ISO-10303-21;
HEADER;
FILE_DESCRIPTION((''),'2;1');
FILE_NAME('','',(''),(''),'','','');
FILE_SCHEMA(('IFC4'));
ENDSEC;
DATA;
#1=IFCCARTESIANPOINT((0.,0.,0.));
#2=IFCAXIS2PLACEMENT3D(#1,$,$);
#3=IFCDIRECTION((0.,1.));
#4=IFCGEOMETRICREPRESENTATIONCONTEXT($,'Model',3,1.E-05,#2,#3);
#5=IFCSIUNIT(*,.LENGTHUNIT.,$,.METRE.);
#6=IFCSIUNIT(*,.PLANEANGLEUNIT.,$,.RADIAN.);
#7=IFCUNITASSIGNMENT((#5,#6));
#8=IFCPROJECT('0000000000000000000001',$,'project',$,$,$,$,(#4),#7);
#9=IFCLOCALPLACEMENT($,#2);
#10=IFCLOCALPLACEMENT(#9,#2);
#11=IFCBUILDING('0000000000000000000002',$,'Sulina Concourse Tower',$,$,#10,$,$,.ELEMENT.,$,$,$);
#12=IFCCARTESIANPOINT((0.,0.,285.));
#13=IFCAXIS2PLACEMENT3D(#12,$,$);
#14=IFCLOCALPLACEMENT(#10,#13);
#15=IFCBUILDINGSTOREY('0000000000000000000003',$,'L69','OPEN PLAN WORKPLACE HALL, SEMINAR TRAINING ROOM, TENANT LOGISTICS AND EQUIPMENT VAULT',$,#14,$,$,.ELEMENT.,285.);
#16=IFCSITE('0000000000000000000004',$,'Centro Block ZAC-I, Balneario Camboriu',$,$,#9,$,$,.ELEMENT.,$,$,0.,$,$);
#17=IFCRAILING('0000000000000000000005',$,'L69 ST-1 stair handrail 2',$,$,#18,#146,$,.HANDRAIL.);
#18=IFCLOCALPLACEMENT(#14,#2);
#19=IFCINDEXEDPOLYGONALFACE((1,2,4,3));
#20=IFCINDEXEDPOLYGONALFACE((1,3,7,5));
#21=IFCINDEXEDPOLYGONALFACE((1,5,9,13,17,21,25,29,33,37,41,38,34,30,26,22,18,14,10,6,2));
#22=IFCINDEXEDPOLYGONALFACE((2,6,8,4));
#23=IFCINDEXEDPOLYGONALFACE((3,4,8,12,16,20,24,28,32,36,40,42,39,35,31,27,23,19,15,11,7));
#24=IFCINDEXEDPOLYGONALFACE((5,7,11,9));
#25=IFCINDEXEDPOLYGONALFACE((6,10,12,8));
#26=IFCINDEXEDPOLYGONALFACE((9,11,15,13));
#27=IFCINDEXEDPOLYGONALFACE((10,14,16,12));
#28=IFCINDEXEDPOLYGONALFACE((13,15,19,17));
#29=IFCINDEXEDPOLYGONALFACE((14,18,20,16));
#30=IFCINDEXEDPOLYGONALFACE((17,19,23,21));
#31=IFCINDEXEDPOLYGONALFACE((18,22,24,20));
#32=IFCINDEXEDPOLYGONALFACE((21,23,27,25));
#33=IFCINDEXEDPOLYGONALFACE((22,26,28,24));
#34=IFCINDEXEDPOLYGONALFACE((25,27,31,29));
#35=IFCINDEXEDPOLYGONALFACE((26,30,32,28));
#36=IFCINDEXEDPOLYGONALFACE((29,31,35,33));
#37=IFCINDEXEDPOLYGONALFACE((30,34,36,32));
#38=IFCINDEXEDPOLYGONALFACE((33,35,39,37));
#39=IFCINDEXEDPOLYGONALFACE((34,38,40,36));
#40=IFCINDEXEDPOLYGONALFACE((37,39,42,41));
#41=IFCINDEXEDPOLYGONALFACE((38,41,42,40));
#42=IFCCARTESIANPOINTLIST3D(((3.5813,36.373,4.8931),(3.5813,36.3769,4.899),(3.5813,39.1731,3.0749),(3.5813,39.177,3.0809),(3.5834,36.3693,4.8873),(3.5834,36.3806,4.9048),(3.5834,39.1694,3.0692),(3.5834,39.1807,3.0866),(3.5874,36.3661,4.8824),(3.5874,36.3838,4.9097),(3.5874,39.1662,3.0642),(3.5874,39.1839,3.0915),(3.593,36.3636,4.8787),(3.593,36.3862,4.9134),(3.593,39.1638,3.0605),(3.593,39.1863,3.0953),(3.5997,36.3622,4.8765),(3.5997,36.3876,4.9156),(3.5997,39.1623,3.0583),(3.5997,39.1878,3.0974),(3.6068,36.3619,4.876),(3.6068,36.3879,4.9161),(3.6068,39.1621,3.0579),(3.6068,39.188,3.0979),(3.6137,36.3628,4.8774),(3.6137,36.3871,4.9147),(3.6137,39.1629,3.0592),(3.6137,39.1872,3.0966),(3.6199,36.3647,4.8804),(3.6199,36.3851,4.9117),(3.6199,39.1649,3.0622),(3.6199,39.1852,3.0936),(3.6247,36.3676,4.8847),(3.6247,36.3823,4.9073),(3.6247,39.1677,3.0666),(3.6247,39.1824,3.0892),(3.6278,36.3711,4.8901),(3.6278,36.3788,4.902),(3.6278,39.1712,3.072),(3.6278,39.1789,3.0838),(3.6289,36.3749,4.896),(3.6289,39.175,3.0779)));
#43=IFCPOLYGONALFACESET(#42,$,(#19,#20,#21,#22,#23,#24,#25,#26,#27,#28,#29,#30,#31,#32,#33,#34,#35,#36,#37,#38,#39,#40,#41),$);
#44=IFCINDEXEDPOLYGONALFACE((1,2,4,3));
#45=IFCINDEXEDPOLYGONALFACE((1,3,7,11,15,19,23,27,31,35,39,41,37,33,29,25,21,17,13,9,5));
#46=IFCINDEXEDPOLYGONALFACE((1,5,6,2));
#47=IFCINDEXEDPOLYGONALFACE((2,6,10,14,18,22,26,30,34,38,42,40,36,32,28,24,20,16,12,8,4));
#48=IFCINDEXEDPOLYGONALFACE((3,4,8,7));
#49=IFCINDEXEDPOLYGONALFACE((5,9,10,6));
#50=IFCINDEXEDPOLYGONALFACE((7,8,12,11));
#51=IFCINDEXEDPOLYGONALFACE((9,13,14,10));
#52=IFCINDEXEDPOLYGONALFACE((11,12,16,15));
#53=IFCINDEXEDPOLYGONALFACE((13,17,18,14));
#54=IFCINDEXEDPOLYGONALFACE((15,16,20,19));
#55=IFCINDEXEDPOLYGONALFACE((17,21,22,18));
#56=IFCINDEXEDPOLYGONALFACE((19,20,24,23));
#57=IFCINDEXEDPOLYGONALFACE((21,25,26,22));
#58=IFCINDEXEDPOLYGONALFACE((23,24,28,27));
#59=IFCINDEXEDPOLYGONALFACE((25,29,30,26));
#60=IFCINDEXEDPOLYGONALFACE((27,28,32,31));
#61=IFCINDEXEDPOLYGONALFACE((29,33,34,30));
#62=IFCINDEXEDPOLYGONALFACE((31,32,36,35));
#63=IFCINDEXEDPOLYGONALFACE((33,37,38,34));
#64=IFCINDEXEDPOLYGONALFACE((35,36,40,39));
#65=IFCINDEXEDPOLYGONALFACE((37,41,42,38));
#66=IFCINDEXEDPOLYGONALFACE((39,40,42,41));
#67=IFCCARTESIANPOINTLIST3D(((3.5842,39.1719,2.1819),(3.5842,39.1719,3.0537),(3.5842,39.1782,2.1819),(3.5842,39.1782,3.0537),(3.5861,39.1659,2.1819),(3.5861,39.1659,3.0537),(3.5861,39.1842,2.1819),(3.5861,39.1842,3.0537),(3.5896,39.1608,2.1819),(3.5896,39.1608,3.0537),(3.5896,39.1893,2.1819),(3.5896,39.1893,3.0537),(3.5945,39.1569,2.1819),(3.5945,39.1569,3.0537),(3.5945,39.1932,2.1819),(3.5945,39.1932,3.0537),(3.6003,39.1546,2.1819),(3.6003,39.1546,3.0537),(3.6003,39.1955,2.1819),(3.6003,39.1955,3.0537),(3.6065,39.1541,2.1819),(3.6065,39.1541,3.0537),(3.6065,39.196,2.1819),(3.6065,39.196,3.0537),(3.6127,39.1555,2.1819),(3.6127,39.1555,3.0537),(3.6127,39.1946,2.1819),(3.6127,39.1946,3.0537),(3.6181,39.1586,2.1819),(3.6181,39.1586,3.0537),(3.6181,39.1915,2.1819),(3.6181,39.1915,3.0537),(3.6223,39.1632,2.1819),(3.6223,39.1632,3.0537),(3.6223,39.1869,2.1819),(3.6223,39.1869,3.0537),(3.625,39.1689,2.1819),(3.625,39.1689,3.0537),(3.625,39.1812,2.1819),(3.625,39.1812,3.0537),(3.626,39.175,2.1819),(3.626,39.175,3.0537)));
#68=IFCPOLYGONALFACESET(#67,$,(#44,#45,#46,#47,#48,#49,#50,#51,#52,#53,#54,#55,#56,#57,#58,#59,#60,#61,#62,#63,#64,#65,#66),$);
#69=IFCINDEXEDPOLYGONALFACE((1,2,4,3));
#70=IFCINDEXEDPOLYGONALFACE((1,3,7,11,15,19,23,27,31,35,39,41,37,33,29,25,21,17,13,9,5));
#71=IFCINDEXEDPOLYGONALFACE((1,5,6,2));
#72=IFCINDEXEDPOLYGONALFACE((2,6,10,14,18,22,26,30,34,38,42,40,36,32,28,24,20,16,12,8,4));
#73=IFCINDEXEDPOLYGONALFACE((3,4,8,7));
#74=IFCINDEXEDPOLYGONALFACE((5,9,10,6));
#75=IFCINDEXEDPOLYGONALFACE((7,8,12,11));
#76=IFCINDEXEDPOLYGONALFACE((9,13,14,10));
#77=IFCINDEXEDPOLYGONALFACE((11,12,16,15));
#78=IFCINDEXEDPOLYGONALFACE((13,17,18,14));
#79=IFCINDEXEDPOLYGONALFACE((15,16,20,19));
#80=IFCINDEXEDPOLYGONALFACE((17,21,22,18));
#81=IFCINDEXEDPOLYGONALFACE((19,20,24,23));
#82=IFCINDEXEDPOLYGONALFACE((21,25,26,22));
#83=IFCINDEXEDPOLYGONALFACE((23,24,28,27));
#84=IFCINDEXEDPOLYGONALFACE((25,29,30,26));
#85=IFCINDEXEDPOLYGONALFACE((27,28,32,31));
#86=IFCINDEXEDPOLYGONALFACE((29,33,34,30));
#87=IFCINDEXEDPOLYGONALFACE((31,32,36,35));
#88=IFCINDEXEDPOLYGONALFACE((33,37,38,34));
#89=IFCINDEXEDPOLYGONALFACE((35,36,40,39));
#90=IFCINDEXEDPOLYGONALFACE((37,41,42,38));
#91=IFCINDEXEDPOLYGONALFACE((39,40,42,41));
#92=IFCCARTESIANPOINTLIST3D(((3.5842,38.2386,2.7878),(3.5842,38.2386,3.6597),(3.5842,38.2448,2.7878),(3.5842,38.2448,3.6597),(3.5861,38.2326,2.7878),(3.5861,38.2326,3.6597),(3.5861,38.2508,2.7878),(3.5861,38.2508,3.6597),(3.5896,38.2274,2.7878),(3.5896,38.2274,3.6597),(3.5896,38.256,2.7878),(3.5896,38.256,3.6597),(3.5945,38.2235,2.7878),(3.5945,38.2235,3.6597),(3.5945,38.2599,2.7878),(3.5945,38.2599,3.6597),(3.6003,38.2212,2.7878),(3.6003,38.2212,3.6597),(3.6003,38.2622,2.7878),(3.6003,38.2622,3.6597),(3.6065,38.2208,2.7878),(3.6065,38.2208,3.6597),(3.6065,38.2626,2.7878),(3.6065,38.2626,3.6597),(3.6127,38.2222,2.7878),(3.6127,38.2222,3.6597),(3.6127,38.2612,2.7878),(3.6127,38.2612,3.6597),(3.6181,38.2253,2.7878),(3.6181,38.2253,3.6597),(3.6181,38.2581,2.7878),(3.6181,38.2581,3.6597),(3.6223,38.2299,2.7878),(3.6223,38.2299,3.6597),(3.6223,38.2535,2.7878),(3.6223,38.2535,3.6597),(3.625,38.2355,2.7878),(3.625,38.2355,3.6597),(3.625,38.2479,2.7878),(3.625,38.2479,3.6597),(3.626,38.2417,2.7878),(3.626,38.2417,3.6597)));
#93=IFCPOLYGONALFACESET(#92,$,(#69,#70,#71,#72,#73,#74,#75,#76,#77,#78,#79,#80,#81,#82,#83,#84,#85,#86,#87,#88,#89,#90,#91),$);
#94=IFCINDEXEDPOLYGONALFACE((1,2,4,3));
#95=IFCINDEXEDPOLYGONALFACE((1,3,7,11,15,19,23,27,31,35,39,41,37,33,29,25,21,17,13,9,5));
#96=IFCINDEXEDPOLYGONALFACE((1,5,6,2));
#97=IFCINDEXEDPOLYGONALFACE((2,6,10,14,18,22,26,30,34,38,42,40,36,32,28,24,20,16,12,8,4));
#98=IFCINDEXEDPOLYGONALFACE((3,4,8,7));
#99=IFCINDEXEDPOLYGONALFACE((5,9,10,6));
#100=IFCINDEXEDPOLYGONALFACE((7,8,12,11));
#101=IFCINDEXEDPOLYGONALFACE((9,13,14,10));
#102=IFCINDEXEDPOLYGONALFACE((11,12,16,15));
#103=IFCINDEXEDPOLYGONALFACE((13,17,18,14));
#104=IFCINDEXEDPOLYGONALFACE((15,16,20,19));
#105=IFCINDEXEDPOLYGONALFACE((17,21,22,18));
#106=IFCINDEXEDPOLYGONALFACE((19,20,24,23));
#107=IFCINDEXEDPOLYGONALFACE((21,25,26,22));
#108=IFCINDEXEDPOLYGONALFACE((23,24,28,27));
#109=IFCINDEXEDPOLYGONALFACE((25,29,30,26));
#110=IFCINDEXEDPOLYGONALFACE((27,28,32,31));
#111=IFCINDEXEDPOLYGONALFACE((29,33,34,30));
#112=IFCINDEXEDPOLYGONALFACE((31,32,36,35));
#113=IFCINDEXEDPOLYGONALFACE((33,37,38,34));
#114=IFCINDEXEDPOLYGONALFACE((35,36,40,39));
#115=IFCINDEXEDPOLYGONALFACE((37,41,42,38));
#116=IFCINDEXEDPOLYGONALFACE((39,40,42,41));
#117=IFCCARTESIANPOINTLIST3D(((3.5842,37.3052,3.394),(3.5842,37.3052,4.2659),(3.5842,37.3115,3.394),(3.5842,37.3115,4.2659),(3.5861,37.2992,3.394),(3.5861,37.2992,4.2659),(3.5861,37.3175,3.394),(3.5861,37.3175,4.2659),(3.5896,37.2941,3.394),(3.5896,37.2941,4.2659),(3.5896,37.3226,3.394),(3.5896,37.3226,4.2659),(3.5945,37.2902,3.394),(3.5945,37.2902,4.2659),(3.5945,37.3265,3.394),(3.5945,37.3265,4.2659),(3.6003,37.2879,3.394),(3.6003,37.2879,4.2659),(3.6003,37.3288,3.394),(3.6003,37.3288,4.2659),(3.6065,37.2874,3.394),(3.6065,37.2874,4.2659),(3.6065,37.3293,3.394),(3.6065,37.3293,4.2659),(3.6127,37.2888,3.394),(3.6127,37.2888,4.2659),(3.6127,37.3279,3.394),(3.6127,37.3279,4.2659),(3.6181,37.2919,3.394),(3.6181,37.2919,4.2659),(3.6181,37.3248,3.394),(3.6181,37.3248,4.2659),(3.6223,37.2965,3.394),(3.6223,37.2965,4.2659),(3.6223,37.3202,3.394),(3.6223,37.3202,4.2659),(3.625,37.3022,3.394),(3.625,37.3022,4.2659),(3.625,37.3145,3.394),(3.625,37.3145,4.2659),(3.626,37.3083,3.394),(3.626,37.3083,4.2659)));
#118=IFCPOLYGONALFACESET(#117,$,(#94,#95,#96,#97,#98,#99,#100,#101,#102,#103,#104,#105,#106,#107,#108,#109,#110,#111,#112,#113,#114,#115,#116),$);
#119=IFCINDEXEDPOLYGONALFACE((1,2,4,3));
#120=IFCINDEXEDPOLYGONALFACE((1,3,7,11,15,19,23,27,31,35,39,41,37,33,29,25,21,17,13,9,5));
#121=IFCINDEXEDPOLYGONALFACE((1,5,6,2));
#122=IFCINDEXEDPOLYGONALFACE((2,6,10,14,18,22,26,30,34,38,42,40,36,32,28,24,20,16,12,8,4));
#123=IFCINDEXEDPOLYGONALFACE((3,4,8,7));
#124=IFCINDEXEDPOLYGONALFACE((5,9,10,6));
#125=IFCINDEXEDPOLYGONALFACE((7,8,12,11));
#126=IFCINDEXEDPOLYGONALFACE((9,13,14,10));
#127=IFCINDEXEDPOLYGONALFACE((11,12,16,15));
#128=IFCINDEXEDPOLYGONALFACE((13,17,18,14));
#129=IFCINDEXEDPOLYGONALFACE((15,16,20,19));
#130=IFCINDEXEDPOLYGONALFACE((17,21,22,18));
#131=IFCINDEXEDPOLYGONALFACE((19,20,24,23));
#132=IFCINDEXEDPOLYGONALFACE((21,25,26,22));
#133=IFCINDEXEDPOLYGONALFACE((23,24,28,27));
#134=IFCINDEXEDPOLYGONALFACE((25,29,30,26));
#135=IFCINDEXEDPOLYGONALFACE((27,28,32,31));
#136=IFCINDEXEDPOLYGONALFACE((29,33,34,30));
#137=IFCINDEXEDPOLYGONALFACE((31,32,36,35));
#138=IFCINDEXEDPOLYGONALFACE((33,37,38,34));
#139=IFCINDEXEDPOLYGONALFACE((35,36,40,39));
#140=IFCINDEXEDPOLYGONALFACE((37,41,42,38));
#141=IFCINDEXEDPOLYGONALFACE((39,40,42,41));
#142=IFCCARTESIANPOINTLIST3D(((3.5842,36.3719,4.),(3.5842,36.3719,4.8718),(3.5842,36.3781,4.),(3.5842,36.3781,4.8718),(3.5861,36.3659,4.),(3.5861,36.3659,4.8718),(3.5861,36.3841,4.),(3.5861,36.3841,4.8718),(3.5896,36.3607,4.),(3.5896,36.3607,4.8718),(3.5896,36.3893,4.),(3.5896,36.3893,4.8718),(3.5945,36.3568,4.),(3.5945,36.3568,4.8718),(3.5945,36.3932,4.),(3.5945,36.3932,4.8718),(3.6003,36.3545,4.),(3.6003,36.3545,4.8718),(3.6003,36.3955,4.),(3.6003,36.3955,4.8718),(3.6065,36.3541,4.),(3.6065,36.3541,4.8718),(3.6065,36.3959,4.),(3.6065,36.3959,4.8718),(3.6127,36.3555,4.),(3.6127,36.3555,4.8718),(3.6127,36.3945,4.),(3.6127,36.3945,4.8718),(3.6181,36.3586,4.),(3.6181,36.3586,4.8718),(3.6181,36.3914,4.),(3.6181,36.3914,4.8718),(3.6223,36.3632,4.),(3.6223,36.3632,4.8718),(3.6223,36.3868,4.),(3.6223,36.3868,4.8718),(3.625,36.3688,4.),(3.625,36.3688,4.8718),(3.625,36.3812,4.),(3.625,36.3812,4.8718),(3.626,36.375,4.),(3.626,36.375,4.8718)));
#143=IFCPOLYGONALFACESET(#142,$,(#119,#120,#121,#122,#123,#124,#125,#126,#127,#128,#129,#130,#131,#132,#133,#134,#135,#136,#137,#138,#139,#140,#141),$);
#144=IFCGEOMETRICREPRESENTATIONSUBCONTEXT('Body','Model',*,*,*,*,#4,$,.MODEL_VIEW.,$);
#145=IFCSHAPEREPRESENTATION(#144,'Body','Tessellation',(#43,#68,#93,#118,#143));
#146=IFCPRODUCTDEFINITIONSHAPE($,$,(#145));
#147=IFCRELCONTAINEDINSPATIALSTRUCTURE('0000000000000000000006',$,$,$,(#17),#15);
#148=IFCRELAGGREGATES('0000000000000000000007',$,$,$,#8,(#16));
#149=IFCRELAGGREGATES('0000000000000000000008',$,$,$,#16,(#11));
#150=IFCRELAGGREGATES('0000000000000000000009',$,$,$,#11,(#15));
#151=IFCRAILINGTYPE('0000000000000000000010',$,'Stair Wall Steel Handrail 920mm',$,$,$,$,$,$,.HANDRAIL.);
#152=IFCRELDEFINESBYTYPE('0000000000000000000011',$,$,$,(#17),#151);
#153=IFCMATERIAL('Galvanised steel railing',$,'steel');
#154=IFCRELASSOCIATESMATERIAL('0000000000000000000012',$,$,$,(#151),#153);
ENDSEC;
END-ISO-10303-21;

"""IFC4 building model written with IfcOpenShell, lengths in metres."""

from ifc_helpers import new_model, si_unit, direction, frame, origin, origin_2d, place, context, subcontext, project, spatial, circle, extrude, material, type_object, element, save


model = new_model("IFC4")

# Units and contexts
model_context = context("Model", 3, precision=1e-05, world=origin(), true_north=direction((0.0, 1.0)))
body_context = subcontext(model_context, "Body", "Model", "MODEL_VIEW")
ifc_project = project(units=[si_unit("LENGTHUNIT", "METRE"), si_unit("PLANEANGLEUNIT", "RADIAN")], contexts=[model_context])

# Site, building, storey
site_placement = place(None, origin())
site = spatial("IfcSite", under=ifc_project, at=site_placement, Name="Centro Block ZAC-I, Balneario Camboriu", CompositionType="ELEMENT", RefElevation=0.0)
building_placement = place(site_placement, origin())
building = spatial("IfcBuilding", under=site, at=building_placement, Name="Sulina Concourse Tower", CompositionType="ELEMENT")
storey_placement = place(building_placement, frame((0.0, 0.0, 285.0)))
storey = spatial("IfcBuildingStorey", under=building, at=storey_placement, Name="L69", Description="OPEN PLAN WORKPLACE HALL, SEMINAR TRAINING ROOM, TENANT LOGISTICS AND EQUIPMENT VAULT", CompositionType="ELEMENT", Elevation=285.0)

# Railing
ifc_material_1 = material(Name="Galvanised steel railing", Category="steel")
railing_type_1 = type_object("IfcRailingType", Name="Stair Wall Steel Handrail 920mm", PredefinedType="HANDRAIL", material=ifc_material_1)
railing_1_placement = place(storey_placement, frame((3.605, 39.175, 2.1819)))
element("IfcRailing", 1, at=railing_1_placement, inside=storey, type_object=railing_type_1, Name="L69 ST-1 stair handrail 2", PredefinedType="HANDRAIL", context=body_context, shape_type="SweptSolid", body=[
    extrude(circle(Radius=0.0239, at=origin_2d()), frame((0.0, 0.0, 0.896), z_axis=(0.0, -0.838706, 0.544585), x_axis=(1.0, 0.0, 0.0)), (0.0, 0.0, 1.0), 3.3386),
    extrude(circle(Radius=0.021, at=origin_2d()), origin(), (0.0, 0.0, 1.0), 0.8718),
    extrude(circle(Radius=0.021, at=origin_2d()), frame((0.0, -0.9333, 0.606)), (0.0, 0.0, 1.0), 0.8718),
    extrude(circle(Radius=0.021, at=origin_2d()), frame((0.0, -1.8667, 1.2122)), (0.0, 0.0, 1.0), 0.8718),
    extrude(circle(Radius=0.021, at=origin_2d()), frame((0.0, -2.8, 1.8181)), (0.0, 0.0, 1.0), 0.8718),
])

save(model, "model.ifc")
